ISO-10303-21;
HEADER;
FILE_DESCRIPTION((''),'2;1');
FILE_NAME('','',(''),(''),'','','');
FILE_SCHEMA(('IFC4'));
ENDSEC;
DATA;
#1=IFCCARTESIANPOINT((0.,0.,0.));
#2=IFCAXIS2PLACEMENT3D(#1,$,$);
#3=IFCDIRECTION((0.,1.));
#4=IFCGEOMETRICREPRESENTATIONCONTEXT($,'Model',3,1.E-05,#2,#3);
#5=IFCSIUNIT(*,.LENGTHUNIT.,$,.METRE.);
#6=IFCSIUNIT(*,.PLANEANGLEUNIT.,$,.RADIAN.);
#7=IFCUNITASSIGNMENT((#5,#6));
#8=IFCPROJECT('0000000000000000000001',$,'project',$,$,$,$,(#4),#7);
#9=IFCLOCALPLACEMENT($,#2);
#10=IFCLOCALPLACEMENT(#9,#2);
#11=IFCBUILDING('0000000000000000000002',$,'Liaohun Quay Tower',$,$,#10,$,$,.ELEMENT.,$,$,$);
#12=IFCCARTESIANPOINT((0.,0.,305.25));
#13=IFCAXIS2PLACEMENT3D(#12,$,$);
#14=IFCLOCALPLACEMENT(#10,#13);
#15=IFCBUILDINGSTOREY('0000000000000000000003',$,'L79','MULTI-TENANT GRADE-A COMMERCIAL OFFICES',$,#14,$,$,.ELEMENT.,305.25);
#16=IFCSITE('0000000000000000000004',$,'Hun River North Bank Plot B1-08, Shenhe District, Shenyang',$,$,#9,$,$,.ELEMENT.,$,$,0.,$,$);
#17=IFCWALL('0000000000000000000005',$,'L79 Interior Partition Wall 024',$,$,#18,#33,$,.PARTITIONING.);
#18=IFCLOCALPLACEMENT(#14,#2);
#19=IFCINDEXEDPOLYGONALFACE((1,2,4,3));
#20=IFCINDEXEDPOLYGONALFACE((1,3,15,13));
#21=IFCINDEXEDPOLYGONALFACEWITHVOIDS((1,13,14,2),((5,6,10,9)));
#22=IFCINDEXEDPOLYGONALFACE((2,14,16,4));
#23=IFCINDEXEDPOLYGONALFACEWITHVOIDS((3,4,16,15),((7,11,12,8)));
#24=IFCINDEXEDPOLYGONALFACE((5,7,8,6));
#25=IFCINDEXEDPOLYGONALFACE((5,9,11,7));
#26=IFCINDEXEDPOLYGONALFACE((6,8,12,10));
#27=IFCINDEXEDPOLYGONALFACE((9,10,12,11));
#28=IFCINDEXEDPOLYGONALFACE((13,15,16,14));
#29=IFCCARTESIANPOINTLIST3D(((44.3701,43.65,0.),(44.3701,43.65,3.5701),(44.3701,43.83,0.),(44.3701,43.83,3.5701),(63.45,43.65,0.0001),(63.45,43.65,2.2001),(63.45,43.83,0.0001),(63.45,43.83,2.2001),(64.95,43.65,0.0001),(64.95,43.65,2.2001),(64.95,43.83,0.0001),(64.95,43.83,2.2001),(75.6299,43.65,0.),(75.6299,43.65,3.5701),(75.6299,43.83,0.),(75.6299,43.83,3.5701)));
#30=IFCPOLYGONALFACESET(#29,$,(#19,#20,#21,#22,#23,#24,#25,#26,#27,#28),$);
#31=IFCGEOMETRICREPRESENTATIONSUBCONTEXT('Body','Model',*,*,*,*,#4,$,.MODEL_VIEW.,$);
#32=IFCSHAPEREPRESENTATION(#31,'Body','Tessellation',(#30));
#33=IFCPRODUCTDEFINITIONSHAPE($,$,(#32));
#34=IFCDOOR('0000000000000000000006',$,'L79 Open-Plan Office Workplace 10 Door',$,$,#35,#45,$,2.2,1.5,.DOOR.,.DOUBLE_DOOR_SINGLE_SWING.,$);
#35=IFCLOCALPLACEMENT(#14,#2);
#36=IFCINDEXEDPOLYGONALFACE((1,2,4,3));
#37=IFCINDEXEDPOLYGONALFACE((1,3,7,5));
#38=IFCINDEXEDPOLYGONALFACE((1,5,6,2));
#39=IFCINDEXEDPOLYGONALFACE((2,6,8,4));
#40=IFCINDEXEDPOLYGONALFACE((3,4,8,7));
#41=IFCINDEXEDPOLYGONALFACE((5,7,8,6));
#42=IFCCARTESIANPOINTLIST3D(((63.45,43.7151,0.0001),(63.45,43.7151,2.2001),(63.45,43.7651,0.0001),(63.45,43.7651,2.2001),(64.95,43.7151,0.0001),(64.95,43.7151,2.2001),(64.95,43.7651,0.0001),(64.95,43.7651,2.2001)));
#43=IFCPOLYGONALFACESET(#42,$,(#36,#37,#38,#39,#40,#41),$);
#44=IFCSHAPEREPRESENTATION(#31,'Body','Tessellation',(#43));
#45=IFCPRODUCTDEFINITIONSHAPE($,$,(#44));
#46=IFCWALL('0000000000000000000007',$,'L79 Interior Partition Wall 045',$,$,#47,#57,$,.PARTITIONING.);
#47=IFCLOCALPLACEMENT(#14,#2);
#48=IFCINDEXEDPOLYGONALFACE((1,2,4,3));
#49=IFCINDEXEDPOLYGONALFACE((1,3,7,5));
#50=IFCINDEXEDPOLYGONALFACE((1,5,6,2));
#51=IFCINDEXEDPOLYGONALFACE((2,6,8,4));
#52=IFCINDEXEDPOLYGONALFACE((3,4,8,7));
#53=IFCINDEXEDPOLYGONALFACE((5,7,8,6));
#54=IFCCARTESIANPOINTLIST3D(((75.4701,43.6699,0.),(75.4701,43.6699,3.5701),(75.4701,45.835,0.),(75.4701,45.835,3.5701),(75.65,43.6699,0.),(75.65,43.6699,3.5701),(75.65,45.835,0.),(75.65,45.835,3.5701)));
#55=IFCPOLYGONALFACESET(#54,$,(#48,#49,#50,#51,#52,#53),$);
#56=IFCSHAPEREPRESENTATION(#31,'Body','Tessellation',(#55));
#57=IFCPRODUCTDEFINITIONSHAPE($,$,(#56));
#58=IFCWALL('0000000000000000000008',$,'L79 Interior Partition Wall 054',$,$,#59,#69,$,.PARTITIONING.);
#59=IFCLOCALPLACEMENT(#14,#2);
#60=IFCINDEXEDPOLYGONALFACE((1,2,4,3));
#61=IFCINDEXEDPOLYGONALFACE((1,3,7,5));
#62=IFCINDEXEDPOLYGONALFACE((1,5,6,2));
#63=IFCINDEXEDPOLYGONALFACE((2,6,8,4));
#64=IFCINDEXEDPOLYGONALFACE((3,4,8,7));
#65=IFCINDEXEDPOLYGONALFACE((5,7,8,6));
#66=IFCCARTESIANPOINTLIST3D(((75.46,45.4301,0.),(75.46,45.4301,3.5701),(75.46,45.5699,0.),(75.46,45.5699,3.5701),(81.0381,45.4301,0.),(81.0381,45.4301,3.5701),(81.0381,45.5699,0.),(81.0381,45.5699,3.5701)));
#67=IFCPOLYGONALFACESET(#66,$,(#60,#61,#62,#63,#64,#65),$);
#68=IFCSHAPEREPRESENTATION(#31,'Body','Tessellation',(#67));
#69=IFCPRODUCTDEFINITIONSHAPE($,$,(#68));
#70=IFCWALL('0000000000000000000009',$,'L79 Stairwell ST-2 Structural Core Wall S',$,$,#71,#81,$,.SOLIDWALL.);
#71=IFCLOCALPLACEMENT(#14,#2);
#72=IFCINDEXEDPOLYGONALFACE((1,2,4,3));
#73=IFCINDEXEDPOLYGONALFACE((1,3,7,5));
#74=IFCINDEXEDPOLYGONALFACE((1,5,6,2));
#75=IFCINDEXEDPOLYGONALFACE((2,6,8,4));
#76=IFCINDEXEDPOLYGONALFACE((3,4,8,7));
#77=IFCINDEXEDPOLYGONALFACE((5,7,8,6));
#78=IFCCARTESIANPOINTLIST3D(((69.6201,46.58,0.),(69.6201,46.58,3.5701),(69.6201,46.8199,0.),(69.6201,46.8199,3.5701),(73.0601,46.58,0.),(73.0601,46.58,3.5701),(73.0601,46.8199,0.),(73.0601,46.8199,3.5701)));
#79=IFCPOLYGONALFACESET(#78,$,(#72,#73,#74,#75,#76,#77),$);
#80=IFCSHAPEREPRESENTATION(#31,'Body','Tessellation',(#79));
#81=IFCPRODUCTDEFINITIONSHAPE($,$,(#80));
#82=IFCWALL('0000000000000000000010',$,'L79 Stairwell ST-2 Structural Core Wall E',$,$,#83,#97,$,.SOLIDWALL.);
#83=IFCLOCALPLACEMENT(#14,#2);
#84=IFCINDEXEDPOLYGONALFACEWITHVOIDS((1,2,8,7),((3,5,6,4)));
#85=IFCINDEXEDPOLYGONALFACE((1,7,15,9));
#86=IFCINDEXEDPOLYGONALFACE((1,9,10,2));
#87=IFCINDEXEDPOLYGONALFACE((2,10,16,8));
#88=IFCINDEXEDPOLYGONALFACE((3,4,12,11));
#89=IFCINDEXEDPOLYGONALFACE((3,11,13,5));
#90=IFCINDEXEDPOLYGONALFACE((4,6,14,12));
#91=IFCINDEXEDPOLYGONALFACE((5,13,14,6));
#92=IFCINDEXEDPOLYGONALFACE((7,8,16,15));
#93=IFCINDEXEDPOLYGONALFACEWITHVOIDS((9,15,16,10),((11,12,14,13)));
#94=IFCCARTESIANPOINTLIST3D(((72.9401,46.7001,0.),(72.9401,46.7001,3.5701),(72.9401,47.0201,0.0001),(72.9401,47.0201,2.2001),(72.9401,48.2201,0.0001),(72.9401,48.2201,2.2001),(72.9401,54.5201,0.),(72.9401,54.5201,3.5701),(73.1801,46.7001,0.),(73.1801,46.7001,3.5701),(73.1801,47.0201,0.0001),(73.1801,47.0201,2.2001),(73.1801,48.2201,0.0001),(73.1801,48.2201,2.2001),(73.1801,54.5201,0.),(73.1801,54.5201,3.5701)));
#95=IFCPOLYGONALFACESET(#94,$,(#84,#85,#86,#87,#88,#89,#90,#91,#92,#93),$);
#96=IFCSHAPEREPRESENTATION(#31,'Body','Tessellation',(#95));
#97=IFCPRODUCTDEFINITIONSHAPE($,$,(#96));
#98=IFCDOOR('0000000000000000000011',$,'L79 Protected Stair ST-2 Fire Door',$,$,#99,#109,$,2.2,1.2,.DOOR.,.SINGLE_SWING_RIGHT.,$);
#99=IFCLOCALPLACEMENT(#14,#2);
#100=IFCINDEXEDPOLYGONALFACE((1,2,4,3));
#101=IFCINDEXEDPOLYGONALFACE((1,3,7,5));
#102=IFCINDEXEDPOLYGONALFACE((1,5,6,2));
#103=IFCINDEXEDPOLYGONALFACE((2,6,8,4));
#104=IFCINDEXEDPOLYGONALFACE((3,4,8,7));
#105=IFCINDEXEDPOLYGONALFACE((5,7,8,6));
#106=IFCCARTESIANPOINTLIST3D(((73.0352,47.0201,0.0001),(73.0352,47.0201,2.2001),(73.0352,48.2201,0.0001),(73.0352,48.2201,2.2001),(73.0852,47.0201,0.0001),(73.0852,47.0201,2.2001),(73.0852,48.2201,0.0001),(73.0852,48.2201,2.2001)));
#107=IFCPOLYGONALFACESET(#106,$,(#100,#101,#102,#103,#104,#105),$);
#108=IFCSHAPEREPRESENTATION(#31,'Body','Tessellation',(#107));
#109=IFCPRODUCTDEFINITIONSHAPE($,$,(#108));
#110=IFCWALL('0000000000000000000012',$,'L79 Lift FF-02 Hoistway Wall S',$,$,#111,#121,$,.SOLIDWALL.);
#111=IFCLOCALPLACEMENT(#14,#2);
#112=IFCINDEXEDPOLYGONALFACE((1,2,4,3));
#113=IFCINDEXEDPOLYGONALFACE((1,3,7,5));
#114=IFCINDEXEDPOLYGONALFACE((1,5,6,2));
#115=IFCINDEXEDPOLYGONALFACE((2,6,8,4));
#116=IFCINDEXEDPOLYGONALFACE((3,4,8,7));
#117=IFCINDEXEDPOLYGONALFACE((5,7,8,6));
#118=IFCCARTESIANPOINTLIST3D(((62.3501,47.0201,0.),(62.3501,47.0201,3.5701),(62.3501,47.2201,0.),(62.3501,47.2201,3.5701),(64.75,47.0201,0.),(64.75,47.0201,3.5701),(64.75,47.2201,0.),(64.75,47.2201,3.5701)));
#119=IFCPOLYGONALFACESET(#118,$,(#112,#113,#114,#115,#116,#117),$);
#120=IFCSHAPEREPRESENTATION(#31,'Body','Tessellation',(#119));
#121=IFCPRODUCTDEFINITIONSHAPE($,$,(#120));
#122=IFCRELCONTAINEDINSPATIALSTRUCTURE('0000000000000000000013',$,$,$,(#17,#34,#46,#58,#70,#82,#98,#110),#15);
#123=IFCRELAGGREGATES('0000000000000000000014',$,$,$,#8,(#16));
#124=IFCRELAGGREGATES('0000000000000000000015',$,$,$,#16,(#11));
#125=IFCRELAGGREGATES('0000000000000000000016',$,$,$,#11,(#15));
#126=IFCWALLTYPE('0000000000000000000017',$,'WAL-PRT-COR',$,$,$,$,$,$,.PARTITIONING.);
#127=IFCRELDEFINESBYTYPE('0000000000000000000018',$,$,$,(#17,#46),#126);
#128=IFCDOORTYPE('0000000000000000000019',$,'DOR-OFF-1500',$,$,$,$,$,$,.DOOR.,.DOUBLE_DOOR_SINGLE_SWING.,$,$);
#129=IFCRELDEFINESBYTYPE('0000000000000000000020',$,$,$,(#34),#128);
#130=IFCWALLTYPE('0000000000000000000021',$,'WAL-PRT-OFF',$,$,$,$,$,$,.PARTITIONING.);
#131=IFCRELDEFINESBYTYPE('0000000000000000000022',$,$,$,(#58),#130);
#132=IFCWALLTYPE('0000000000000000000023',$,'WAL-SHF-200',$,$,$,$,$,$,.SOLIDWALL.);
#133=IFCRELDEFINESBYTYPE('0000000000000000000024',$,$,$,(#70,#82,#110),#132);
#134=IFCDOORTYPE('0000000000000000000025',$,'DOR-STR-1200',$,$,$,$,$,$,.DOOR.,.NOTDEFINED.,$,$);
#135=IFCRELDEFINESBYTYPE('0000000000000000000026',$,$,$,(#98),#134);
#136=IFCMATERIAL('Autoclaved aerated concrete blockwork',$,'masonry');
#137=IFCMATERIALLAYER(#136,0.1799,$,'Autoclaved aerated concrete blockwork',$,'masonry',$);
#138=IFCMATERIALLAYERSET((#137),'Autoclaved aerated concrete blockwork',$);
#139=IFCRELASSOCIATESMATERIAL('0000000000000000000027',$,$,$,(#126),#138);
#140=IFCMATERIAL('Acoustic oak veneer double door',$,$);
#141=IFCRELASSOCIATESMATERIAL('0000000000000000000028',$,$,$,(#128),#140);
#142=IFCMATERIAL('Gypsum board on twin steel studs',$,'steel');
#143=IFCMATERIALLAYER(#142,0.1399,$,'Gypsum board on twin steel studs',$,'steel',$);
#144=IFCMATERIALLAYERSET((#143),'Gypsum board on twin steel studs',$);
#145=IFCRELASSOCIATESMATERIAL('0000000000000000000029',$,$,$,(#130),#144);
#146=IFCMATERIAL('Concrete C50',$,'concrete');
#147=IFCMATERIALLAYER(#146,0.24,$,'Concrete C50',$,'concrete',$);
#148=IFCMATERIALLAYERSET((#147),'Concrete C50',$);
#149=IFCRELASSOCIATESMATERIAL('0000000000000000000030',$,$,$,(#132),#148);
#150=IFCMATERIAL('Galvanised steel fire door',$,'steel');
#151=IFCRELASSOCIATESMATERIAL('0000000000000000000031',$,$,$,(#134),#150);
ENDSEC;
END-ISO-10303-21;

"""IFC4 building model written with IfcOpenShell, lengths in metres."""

from ifc_helpers import new_model, si_unit, direction, frame, frame_2d, origin, place, context, subcontext, project, spatial, rectangle, extrude, source, transform, mapped, material, layer, layer_set, type_object, element, fill, save


model = new_model("IFC4")

# Units and contexts
model_context = context("Model", 3, precision=1e-05, world=origin(), true_north=direction((0.0, 1.0)))
body_context = subcontext(model_context, "Body", "Model", "MODEL_VIEW")
ifc_project = project(units=[si_unit("LENGTHUNIT", "METRE"), si_unit("PLANEANGLEUNIT", "RADIAN")], contexts=[model_context])

# Site, building, storey
site_placement = place(None, origin())
site = spatial("IfcSite", under=ifc_project, at=site_placement, Name="Hun River North Bank Plot B1-08, Shenhe District, Shenyang", CompositionType="ELEMENT", RefElevation=0.0)
building_placement = place(site_placement, origin())
building = spatial("IfcBuilding", under=site, at=building_placement, Name="Liaohun Quay Tower", CompositionType="ELEMENT")
storey_placement = place(building_placement, frame((0.0, 0.0, 305.25)))
storey = spatial("IfcBuildingStorey", under=building, at=storey_placement, Name="L79", Description="MULTI-TENANT GRADE-A COMMERCIAL OFFICES", CompositionType="ELEMENT", Elevation=305.25)

# Shared definitions
ifc_material_1 = material(Name="Concrete C50", Category="concrete")

# Wall, opening, door
ifc_material_2 = material(Name="Autoclaved aerated concrete blockwork", Category="masonry")
ifc_layer_1 = layer(ifc_material_2, 0.1799, Name="Autoclaved aerated concrete blockwork", Category="masonry")
ifc_layer_set_1 = layer_set([ifc_layer_1], Name="Autoclaved aerated concrete blockwork")
wall_type_1 = type_object("IfcWallType", Name="WAL-PRT-COR", PredefinedType="PARTITIONING", material=ifc_layer_set_1)
wall_1_placement = place(storey_placement, frame((75.6299, 43.74, 0.0), z_axis=(0.0, 0.0, 1.0), x_axis=(-1.0, 0.0, 0.0)))
wall_1 = element("IfcWall", 1, at=wall_1_placement, inside=storey, type_object=wall_type_1, Name="L79 Interior Partition Wall 024", PredefinedType="PARTITIONING", context=body_context, shape_type="SweptSolid", body=[
    extrude(rectangle(XDim=31.2598, YDim=0.1799, at=frame_2d((15.6299, 0.0))), origin(), (0.0, 0.0, 1.0), 3.5701),
])
shared_shape_1 = source(origin(), body_context, "Body", "SweptSolid", [
    extrude(rectangle(XDim=1.5, YDim=2.2, at=frame_2d((0.75, 1.1001))), frame((0.0, 0.0999, 0.0), z_axis=(0.0, -1.0, 0.0), x_axis=(1.0, 0.0, 0.0)), (0.0, 0.0, 1.0), 0.2),
])
opening_1_placement = place(wall_1_placement, frame((10.6799, 0.0, 0.0)))
opening_1 = element("IfcOpeningElement", 2, at=opening_1_placement, cuts=wall_1, PredefinedType="OPENING", context=body_context, shape_type="MappedRepresentation", body=[
    mapped(shared_shape_1, transform((0.0, 0.0, 0.0), x_axis=(1.0, 0.0, 0.0), y_axis=(0.0, 1.0, 0.0), z_axis=(0.0, 0.0, 1.0), scale=1.0)),
])
ifc_material_3 = material(Name="Acoustic oak veneer double door")
door_type_1 = type_object("IfcDoorType", Name="DOR-OFF-1500", OperationType="DOUBLE_DOOR_SINGLE_SWING", PredefinedType="DOOR", material=ifc_material_3)
shared_shape_2 = source(origin(), body_context, "Body", "SweptSolid", [
    extrude(rectangle(XDim=1.5, YDim=2.2, at=frame_2d((0.75, 1.1001))), frame((0.0, 0.0249, 0.0), z_axis=(0.0, -1.0, 0.0), x_axis=(1.0, 0.0, 0.0)), (0.0, 0.0, 1.0), 0.05),
])
door_1_placement = place(opening_1_placement, origin())
door_1 = element("IfcDoor", 3, at=door_1_placement, inside=storey, type_object=door_type_1, Name="L79 Open-Plan Office Workplace 10 Door", OperationType="DOUBLE_DOOR_SINGLE_SWING", OverallHeight=2.2, OverallWidth=1.5, PredefinedType="DOOR", context=body_context, shape_type="MappedRepresentation", body=[
    mapped(shared_shape_2, transform((0.0, 0.0, 0.0), x_axis=(1.0, 0.0, 0.0), y_axis=(0.0, 1.0, 0.0), z_axis=(0.0, 0.0, 1.0), scale=1.0)),
])
fill(opening_1, door_1)

# Walls
wall_2_placement = place(storey_placement, frame((75.5601, 45.835, 0.0), z_axis=(0.0, 0.0, 1.0), x_axis=(0.0, -1.0, 0.0)))
element("IfcWall", 4, at=wall_2_placement, inside=storey, type_object=wall_type_1, Name="L79 Interior Partition Wall 045", PredefinedType="PARTITIONING", context=body_context, shape_type="SweptSolid", body=[
    extrude(rectangle(XDim=2.165, YDim=0.1799, at=frame_2d((1.0825, 0.0))), origin(), (0.0, 0.0, 1.0), 3.5701),
])
ifc_material_4 = material(Name="Gypsum board on twin steel studs", Category="steel")
ifc_layer_2 = layer(ifc_material_4, 0.1399, Name="Gypsum board on twin steel studs", Category="steel")
ifc_layer_set_2 = layer_set([ifc_layer_2], Name="Gypsum board on twin steel studs")
wall_type_2 = type_object("IfcWallType", Name="WAL-PRT-OFF", PredefinedType="PARTITIONING", material=ifc_layer_set_2)
wall_3_placement = place(storey_placement, frame((75.46, 45.5, 0.0), z_axis=(0.0, 0.0, 1.0), x_axis=(1.0, 0.0, 0.0)))
element("IfcWall", 5, at=wall_3_placement, inside=storey, type_object=wall_type_2, Name="L79 Interior Partition Wall 054", PredefinedType="PARTITIONING", context=body_context, shape_type="SweptSolid", body=[
    extrude(rectangle(XDim=5.5781, YDim=0.1399, at=frame_2d((2.7891, 0.0))), origin(), (0.0, 0.0, 1.0), 3.5701),
])
ifc_layer_3 = layer(ifc_material_1, 0.24, Name="Concrete C50", Category="concrete")
ifc_layer_set_3 = layer_set([ifc_layer_3], Name="Concrete C50")
wall_type_3 = type_object("IfcWallType", Name="WAL-SHF-200", PredefinedType="SOLIDWALL", material=ifc_layer_set_3)
wall_4_placement = place(storey_placement, frame((69.6201, 46.7, 0.0), z_axis=(0.0, 0.0, 1.0), x_axis=(1.0, 0.0, 0.0)))
element("IfcWall", 6, at=wall_4_placement, inside=storey, type_object=wall_type_3, Name="L79 Stairwell ST-2 Structural Core Wall S", PredefinedType="SOLIDWALL", context=body_context, shape_type="SweptSolid", body=[
    extrude(rectangle(XDim=3.4399, YDim=0.24, at=frame_2d((1.72, 0.0))), origin(), (0.0, 0.0, 1.0), 3.5701),
])

# Wall, opening, door
wall_5_placement = place(storey_placement, frame((73.0601, 46.7, 0.0), z_axis=(0.0, 0.0, 1.0), x_axis=(0.0, 1.0, 0.0)))
wall_5 = element("IfcWall", 7, at=wall_5_placement, inside=storey, type_object=wall_type_3, Name="L79 Stairwell ST-2 Structural Core Wall E", PredefinedType="SOLIDWALL", context=body_context, shape_type="SweptSolid", body=[
    extrude(rectangle(XDim=7.8201, YDim=0.24, at=frame_2d((3.9102, 0.0))), origin(), (0.0, 0.0, 1.0), 3.5701),
])
shared_shape_3 = source(origin(), body_context, "Body", "SweptSolid", [
    extrude(rectangle(XDim=1.2, YDim=2.2, at=frame_2d((0.6001, 1.1001))), frame((0.0, 0.1299, 0.0), z_axis=(0.0, -1.0, 0.0), x_axis=(1.0, 0.0, 0.0)), (0.0, 0.0, 1.0), 0.26),
])
opening_2_placement = place(wall_5_placement, frame((0.3201, 0.0, 0.0)))
opening_2 = element("IfcOpeningElement", 8, at=opening_2_placement, cuts=wall_5, PredefinedType="OPENING", context=body_context, shape_type="MappedRepresentation", body=[
    mapped(shared_shape_3, transform((0.0, 0.0, 0.0), x_axis=(1.0, 0.0, 0.0), y_axis=(0.0, 1.0, 0.0), z_axis=(0.0, 0.0, 1.0), scale=1.0)),
])
ifc_material_5 = material(Name="Galvanised steel fire door", Category="steel")
door_type_2 = type_object("IfcDoorType", Name="DOR-STR-1200", OperationType="NOTDEFINED", PredefinedType="DOOR", material=ifc_material_5)
shared_shape_4 = source(origin(), body_context, "Body", "SweptSolid", [
    extrude(rectangle(XDim=1.2, YDim=2.2, at=frame_2d((0.6001, 1.1001))), frame((0.0, 0.0249, 0.0), z_axis=(0.0, -1.0, 0.0), x_axis=(1.0, 0.0, 0.0)), (0.0, 0.0, 1.0), 0.05),
])
door_2_placement = place(opening_2_placement, origin())
door_2 = element("IfcDoor", 9, at=door_2_placement, inside=storey, type_object=door_type_2, Name="L79 Protected Stair ST-2 Fire Door", OperationType="SINGLE_SWING_RIGHT", OverallHeight=2.2, OverallWidth=1.2, PredefinedType="DOOR", context=body_context, shape_type="MappedRepresentation", body=[
    mapped(shared_shape_4, transform((0.0, 0.0, 0.0), x_axis=(1.0, 0.0, 0.0), y_axis=(0.0, 1.0, 0.0), z_axis=(0.0, 0.0, 1.0), scale=1.0)),
])
fill(opening_2, door_2)

# Wall
wall_6_placement = place(storey_placement, frame((62.3501, 47.1201, 0.0), z_axis=(0.0, 0.0, 1.0), x_axis=(1.0, 0.0, 0.0)))
element("IfcWall", 10, at=wall_6_placement, inside=storey, type_object=wall_type_3, Name="L79 Lift FF-02 Hoistway Wall S", PredefinedType="SOLIDWALL", context=body_context, shape_type="SweptSolid", body=[
    extrude(rectangle(XDim=2.3999, YDim=0.2, at=frame_2d((1.2, 0.0))), origin(), (0.0, 0.0, 1.0), 3.5701),
])

save(model, "model.ifc")
